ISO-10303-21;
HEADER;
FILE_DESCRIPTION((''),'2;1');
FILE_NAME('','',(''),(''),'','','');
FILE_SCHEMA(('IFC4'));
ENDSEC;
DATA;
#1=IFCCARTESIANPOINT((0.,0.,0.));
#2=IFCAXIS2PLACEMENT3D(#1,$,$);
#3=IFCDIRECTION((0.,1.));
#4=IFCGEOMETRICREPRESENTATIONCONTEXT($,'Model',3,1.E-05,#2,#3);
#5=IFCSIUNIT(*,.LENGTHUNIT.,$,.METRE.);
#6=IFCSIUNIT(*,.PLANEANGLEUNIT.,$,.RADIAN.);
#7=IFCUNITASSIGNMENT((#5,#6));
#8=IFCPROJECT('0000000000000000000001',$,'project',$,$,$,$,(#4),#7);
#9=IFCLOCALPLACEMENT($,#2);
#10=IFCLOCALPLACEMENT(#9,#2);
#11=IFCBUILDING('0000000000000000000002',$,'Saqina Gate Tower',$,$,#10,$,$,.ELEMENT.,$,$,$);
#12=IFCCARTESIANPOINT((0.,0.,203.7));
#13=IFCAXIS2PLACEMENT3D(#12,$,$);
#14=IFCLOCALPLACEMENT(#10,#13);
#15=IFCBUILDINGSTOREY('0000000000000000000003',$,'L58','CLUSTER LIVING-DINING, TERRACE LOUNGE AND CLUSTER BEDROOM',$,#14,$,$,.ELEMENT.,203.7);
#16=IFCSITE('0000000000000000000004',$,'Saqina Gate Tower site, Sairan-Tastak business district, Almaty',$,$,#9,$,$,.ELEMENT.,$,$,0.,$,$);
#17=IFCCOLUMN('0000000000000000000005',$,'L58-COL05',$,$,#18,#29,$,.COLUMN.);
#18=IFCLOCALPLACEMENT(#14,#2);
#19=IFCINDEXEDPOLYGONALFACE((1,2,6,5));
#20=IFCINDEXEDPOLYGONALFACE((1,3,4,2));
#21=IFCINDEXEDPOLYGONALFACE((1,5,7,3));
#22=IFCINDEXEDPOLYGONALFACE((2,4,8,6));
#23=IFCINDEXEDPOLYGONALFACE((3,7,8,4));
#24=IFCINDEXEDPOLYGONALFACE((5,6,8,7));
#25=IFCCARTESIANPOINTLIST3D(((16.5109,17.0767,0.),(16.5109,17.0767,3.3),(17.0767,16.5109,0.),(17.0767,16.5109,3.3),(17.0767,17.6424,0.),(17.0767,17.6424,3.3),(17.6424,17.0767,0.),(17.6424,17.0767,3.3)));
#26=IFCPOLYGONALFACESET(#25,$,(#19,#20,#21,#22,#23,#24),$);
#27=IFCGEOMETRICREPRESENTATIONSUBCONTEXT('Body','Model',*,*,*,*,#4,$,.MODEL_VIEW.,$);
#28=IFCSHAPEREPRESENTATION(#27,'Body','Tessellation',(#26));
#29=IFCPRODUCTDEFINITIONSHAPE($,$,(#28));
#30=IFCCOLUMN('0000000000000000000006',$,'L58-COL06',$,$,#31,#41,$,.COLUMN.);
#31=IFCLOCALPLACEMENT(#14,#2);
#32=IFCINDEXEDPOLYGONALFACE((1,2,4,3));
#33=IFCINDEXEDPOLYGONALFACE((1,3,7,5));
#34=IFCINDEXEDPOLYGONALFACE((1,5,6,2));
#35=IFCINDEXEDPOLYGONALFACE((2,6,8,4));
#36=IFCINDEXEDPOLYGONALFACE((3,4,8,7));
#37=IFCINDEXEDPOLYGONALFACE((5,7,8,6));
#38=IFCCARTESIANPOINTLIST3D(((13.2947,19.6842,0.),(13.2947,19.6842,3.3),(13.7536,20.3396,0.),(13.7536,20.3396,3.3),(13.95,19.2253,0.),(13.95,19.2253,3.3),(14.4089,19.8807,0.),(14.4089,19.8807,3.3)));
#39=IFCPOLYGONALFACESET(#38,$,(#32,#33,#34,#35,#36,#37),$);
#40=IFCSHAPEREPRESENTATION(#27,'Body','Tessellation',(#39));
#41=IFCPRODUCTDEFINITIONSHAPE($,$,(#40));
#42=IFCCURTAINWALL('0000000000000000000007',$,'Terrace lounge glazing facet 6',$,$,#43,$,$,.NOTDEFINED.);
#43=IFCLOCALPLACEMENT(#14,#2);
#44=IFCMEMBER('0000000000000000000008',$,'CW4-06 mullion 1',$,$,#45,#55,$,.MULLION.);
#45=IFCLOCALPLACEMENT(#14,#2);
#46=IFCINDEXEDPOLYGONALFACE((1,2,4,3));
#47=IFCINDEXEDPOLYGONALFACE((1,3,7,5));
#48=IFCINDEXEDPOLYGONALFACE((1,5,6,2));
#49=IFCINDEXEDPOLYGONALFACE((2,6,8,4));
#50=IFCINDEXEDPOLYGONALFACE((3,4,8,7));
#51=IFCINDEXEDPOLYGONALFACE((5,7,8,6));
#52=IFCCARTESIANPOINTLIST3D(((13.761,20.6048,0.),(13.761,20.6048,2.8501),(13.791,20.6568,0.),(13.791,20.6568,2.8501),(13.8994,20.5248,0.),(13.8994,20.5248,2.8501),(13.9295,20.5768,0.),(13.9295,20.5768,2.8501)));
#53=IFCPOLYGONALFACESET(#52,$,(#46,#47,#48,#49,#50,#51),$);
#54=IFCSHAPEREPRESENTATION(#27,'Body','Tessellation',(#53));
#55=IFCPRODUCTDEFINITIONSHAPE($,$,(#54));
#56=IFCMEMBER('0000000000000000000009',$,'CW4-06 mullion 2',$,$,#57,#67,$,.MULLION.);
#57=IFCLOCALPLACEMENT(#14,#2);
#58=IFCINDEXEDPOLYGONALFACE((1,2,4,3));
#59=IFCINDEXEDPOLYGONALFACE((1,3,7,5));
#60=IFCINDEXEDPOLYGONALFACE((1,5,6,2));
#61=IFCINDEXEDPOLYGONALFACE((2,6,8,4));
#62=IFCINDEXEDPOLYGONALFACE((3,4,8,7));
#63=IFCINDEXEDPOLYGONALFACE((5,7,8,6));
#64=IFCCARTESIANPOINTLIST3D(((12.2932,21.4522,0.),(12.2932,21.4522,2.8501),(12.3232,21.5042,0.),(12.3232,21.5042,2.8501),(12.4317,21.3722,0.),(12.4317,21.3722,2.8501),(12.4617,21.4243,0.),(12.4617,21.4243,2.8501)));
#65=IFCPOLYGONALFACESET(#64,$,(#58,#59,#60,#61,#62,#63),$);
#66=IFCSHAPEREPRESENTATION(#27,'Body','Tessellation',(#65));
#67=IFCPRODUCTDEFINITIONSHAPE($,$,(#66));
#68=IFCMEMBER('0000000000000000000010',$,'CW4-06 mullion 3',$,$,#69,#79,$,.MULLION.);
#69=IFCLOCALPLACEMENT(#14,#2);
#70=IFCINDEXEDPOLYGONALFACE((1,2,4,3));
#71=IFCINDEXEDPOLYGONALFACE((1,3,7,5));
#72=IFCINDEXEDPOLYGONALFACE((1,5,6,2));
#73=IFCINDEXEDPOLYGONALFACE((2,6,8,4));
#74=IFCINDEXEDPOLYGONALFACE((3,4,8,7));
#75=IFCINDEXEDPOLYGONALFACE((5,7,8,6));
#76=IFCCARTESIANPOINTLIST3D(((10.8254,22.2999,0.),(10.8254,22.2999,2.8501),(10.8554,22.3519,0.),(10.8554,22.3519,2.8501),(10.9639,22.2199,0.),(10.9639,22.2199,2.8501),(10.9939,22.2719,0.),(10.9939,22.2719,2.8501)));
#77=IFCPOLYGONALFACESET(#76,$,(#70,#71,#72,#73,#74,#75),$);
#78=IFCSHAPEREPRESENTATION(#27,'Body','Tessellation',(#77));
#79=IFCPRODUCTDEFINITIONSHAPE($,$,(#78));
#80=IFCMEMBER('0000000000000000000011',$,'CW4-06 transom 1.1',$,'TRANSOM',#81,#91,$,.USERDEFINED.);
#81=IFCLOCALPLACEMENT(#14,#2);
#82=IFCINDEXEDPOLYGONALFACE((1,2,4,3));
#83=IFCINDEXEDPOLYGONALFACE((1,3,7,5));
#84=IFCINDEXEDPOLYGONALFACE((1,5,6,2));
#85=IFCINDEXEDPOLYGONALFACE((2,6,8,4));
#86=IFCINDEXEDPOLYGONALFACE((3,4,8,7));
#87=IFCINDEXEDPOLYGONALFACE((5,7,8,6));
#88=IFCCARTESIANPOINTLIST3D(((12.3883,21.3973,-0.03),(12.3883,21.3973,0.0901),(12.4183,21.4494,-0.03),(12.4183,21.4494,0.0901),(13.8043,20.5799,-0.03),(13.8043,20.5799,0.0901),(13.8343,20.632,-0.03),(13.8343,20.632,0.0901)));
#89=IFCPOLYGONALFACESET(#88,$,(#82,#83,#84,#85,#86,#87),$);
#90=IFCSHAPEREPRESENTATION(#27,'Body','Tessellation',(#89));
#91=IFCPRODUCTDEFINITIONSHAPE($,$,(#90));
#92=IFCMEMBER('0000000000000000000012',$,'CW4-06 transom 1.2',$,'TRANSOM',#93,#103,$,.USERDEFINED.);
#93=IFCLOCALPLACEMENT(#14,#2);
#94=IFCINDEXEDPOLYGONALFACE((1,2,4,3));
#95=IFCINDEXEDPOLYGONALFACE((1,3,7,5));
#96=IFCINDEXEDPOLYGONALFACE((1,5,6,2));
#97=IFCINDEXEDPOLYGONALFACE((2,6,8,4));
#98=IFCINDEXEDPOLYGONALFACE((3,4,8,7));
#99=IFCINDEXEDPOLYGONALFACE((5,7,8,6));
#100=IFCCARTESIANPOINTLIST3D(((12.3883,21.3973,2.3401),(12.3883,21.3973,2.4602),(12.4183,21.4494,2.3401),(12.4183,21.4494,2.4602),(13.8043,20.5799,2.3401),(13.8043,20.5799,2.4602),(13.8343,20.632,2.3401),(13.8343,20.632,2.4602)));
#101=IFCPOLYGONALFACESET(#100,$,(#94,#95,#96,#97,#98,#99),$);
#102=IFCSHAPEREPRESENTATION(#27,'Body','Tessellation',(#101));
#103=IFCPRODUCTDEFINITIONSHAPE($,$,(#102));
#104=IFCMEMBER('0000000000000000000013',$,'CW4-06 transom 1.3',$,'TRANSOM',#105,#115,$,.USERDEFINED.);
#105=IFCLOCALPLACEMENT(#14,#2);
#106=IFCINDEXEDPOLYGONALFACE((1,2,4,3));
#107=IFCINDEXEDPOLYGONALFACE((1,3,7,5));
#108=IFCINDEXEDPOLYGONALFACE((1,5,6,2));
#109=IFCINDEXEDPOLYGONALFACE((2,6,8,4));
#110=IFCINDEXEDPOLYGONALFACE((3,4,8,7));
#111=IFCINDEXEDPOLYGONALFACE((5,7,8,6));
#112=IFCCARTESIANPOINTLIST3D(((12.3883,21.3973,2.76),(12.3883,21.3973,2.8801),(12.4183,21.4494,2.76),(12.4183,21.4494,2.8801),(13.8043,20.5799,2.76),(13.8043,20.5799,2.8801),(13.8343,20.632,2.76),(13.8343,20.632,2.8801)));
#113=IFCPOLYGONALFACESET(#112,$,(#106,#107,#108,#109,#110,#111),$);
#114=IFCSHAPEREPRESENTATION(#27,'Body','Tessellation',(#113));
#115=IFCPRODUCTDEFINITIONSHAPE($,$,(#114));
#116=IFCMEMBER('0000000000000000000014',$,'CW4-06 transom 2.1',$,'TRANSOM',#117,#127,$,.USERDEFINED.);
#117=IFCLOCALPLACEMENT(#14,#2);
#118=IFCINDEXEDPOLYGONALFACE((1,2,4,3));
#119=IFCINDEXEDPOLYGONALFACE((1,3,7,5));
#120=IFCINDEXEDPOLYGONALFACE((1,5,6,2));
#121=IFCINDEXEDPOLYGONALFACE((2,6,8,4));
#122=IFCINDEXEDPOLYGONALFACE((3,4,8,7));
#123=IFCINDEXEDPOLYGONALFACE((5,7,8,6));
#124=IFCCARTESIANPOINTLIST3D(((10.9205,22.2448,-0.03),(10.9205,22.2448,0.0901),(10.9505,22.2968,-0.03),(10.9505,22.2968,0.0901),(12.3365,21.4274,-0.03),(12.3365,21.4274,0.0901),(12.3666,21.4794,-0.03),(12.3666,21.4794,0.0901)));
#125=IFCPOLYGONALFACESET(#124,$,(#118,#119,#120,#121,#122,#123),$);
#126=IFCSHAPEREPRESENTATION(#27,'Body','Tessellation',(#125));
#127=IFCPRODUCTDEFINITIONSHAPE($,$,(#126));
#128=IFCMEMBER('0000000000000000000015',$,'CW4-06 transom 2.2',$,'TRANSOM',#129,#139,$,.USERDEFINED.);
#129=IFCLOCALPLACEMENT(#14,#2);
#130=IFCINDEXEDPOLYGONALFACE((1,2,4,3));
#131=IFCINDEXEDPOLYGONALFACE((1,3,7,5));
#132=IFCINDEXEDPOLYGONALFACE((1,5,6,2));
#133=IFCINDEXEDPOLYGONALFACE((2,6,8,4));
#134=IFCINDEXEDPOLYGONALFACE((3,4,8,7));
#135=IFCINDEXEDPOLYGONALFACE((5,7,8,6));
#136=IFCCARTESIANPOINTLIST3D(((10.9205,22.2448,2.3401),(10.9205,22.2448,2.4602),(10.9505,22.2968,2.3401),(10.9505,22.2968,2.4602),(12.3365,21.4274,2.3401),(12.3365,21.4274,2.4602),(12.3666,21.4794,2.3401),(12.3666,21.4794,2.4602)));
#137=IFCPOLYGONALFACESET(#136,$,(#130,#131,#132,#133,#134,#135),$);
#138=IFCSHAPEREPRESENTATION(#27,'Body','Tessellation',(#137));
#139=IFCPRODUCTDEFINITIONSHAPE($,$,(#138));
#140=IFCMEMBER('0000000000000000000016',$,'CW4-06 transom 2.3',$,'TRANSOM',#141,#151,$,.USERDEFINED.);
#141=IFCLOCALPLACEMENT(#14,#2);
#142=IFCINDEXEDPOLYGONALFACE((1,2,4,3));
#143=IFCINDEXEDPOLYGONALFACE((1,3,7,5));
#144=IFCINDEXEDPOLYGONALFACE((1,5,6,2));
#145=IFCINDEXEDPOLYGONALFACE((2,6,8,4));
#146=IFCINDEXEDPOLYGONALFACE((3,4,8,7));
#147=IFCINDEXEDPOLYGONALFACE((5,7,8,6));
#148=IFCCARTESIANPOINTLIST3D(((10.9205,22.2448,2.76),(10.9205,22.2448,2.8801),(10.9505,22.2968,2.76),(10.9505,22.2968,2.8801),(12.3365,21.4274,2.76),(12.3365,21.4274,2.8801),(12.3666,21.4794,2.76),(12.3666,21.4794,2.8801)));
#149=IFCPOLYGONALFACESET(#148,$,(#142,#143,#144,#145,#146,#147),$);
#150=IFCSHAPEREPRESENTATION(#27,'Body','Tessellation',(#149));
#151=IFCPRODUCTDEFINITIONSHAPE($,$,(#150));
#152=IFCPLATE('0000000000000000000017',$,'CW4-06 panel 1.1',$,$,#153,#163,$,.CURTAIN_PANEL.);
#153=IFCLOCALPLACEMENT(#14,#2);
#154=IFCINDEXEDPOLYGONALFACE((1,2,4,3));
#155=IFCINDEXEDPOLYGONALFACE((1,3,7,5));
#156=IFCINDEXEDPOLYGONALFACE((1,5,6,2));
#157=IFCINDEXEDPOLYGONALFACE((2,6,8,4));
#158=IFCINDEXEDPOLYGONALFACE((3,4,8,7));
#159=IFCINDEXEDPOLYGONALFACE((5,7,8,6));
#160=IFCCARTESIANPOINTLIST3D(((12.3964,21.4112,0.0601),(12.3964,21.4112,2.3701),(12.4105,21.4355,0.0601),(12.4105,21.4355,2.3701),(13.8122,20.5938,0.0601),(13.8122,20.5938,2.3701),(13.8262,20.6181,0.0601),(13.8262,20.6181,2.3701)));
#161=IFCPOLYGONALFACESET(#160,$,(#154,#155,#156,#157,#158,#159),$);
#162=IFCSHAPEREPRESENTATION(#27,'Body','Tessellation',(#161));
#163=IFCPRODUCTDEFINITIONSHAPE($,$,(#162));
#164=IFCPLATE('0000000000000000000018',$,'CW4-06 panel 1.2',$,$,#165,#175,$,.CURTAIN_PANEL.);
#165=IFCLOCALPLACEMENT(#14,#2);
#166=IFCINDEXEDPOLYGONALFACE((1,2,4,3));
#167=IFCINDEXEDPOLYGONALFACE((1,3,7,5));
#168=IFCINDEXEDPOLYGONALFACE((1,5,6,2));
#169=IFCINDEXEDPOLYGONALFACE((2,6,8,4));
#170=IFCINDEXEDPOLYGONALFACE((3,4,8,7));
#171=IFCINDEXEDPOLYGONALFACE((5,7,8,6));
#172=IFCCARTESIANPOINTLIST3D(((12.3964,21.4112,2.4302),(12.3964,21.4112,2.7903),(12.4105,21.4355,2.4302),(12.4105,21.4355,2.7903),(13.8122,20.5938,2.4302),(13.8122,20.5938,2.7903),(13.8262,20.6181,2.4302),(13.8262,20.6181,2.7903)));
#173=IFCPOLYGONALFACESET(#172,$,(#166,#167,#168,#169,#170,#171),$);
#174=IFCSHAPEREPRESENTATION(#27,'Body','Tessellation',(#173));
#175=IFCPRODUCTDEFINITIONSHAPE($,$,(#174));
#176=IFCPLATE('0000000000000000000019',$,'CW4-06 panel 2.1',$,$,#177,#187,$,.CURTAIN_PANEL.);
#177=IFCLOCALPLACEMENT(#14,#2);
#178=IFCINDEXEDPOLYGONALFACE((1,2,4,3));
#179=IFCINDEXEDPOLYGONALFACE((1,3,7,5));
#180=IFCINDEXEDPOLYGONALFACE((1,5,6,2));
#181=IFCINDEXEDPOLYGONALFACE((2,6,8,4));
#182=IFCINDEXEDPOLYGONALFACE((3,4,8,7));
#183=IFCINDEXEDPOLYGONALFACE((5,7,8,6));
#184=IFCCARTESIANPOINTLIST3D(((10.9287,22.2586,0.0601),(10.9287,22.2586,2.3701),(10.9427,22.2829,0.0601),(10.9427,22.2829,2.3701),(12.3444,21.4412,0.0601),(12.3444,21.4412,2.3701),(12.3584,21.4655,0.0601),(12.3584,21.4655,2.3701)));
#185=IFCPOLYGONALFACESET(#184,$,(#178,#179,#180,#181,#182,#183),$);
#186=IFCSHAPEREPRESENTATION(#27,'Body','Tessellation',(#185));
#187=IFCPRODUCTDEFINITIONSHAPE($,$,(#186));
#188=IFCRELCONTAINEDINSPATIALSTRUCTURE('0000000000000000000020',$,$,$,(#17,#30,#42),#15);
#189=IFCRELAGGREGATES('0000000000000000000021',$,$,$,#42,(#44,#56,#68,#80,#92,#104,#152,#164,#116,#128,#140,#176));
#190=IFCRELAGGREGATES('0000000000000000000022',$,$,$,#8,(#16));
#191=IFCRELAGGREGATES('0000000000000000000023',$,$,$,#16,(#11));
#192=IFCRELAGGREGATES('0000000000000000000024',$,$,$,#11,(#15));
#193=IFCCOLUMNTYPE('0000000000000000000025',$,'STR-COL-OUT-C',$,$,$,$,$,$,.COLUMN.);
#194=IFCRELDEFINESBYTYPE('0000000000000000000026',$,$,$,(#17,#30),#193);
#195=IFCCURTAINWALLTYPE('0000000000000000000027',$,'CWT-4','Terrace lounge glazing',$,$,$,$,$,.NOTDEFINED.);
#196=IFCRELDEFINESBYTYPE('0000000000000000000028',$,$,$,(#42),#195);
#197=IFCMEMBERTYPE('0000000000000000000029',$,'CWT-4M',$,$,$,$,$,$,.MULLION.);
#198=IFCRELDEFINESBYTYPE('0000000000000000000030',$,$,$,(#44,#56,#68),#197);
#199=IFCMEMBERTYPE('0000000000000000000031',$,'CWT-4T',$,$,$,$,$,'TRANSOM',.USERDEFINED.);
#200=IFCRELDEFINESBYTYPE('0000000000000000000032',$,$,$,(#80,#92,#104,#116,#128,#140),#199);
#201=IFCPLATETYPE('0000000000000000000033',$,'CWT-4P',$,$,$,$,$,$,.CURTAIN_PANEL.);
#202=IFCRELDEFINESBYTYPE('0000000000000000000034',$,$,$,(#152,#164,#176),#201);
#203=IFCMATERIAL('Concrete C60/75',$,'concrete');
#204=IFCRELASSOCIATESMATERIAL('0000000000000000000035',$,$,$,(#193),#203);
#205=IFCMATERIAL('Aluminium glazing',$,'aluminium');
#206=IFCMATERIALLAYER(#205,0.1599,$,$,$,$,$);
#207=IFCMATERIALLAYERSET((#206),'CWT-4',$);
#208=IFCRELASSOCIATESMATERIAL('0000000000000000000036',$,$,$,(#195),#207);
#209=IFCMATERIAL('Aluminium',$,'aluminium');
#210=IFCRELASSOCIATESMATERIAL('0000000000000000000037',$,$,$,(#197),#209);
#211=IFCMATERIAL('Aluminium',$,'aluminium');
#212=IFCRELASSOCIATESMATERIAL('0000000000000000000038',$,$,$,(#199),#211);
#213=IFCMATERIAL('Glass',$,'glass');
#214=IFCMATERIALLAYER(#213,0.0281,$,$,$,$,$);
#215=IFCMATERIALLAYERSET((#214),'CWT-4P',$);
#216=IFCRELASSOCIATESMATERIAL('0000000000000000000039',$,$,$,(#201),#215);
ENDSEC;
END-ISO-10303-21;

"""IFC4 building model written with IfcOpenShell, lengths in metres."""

from ifc_helpers import new_model, si_unit, direction, frame, origin, origin_2d, place, context, subcontext, project, spatial, rectangle, extrude, material, layer, layer_set, material_profile, profile_set, type_object, element, aggregate, save


model = new_model("IFC4")

# Units and contexts
model_context = context("Model", 3, precision=1e-05, world=origin(), true_north=direction((0.0, 1.0)))
body_context = subcontext(model_context, "Body", "Model", "MODEL_VIEW")
ifc_project = project(units=[si_unit("LENGTHUNIT", "METRE"), si_unit("PLANEANGLEUNIT", "RADIAN")], contexts=[model_context])

# Site, building, storey
site_placement = place(None, origin())
site = spatial("IfcSite", under=ifc_project, at=site_placement, Name="Saqina Gate Tower site, Sairan-Tastak business district, Almaty", CompositionType="ELEMENT", RefElevation=0.0)
building_placement = place(site_placement, origin())
building = spatial("IfcBuilding", under=site, at=building_placement, Name="Saqina Gate Tower", CompositionType="ELEMENT")
storey_placement = place(building_placement, frame((0.0, 0.0, 203.7)))
storey = spatial("IfcBuildingStorey", under=building, at=storey_placement, Name="L58", Description="CLUSTER LIVING-DINING, TERRACE LOUNGE AND CLUSTER BEDROOM", CompositionType="ELEMENT", Elevation=203.7)

# Columns
ifc_material_1 = material(Name="Concrete C60/75", Category="concrete")
ifc_material_profile_1 = material_profile(ifc_material_1, rectangle(XDim=0.8, YDim=0.8, at=origin_2d()), Name="RC 800x800")
ifc_profile_set_1 = profile_set([ifc_material_profile_1], Name="Concrete C60/75")
column_type = type_object("IfcColumnType", Name="STR-COL-OUT-C", PredefinedType="COLUMN", material=ifc_profile_set_1)
for number, where, z_axis, x_axis, name in (
    (1, (17.0767, 17.0767, 0.0), (0.0, 0.0, 1.0), (0.707107, 0.707107, 0.0), "L58-COL05"),
    (2, (13.8518, 19.7825, 0.0), (0.0, 0.0, 1.0), (0.573576, 0.819152, 0.0), "L58-COL06"),
):
    element("IfcColumn", number, at=place(storey_placement, frame(where, z_axis=z_axis, x_axis=x_axis)), inside=storey, type_object=column_type, Name=name, PredefinedType="COLUMN", context=body_context, shape_type="SweptSolid", body=[
        extrude(rectangle(XDim=0.8, YDim=0.8, at=origin_2d()), origin(), (0.0, 0.0, 1.0), 3.3),
    ])

# Curtain wall, members, plates
ifc_material_2 = material(Name="Aluminium glazing", Category="aluminium")
ifc_layer_1 = layer(ifc_material_2, 0.1599)
ifc_layer_set_1 = layer_set([ifc_layer_1], Name="CWT-4")
curtain_wall_type = type_object("IfcCurtainWallType", Name="CWT-4", Description="Terrace lounge glazing", PredefinedType="NOTDEFINED", material=ifc_layer_set_1)
curtain_wall_placement = place(storey_placement, origin())
curtain_wall = element("IfcCurtainWall", 3, at=curtain_wall_placement, inside=storey, type_object=curtain_wall_type, Name="Terrace lounge glazing facet 6", PredefinedType="NOTDEFINED")
ifc_material_3 = material(Name="Aluminium", Category="aluminium")
ifc_material_profile_2 = material_profile(ifc_material_3, rectangle(XDim=0.0601, YDim=0.1599, at=origin_2d()), Name="Aluminium 60x160")
ifc_profile_set_2 = profile_set([ifc_material_profile_2], Name="Aluminium")
member_type_1 = type_object("IfcMemberType", Name="CWT-4M", PredefinedType="MULLION", material=ifc_profile_set_2)
member_1_placement = place(storey_placement, frame((13.8452, 20.5908, 0.0), z_axis=(0.0, 0.0, 1.0), x_axis=(-0.500014, -0.866017, 0.0)))
member_1 = element("IfcMember", 4, at=member_1_placement, type_object=member_type_1, Name="CW4-06 mullion 1", PredefinedType="MULLION", context=body_context, shape_type="SweptSolid", body=[
    extrude(rectangle(XDim=0.0601, YDim=0.1599, at=origin_2d()), origin(), (0.0, 0.0, 1.0), 2.8501),
])
member_2_placement = place(storey_placement, frame((12.3774, 21.4382, 0.0), z_axis=(0.0, 0.0, 1.0), x_axis=(-0.500014, -0.866017, 0.0)))
member_2 = element("IfcMember", 5, at=member_2_placement, type_object=member_type_1, Name="CW4-06 mullion 2", PredefinedType="MULLION", context=body_context, shape_type="SweptSolid", body=[
    extrude(rectangle(XDim=0.0601, YDim=0.1599, at=origin_2d()), origin(), (0.0, 0.0, 1.0), 2.8501),
])
member_3_placement = place(storey_placement, frame((10.9097, 22.2859, 0.0), z_axis=(0.0, 0.0, 1.0), x_axis=(-0.500014, -0.866017, 0.0)))
member_3 = element("IfcMember", 6, at=member_3_placement, type_object=member_type_1, Name="CW4-06 mullion 3", PredefinedType="MULLION", context=body_context, shape_type="SweptSolid", body=[
    extrude(rectangle(XDim=0.0601, YDim=0.1599, at=origin_2d()), origin(), (0.0, 0.0, 1.0), 2.8501),
])
ifc_material_4 = material(Name="Aluminium", Category="aluminium")
ifc_material_profile_3 = material_profile(ifc_material_4, rectangle(XDim=0.0601, YDim=0.1201, at=origin_2d()), Name="Aluminium 60x120")
ifc_profile_set_3 = profile_set([ifc_material_profile_3], Name="Aluminium")
member_type_2 = type_object("IfcMemberType", Name="CWT-4T", ElementType="TRANSOM", PredefinedType="USERDEFINED", material=ifc_profile_set_3)
member_4_placement = place(storey_placement, frame((13.8193, 20.606, 0.03), z_axis=(-0.866066, 0.499929, 0.0), x_axis=(-0.499929, -0.866066, 0.0)))
member_4 = element("IfcMember", 7, at=member_4_placement, type_object=member_type_2, Name="CW4-06 transom 1.1", ObjectType="TRANSOM", PredefinedType="USERDEFINED", context=body_context, shape_type="SweptSolid", body=[
    extrude(rectangle(XDim=0.0601, YDim=0.1201, at=origin_2d()), origin(), (0.0, 0.0, 1.0), 1.635),
])
member_5_placement = place(storey_placement, frame((13.8193, 20.606, 2.4001), z_axis=(-0.866066, 0.499929, 0.0), x_axis=(-0.499929, -0.866066, 0.0)))
member_5 = element("IfcMember", 8, at=member_5_placement, type_object=member_type_2, Name="CW4-06 transom 1.2", ObjectType="TRANSOM", PredefinedType="USERDEFINED", context=body_context, shape_type="SweptSolid", body=[
    extrude(rectangle(XDim=0.0601, YDim=0.1201, at=origin_2d()), origin(), (0.0, 0.0, 1.0), 1.635),
])
member_6_placement = place(storey_placement, frame((13.8193, 20.606, 2.8201), z_axis=(-0.866066, 0.499929, 0.0), x_axis=(-0.499929, -0.866066, 0.0)))
member_6 = element("IfcMember", 9, at=member_6_placement, type_object=member_type_2, Name="CW4-06 transom 1.3", ObjectType="TRANSOM", PredefinedType="USERDEFINED", context=body_context, shape_type="SweptSolid", body=[
    extrude(rectangle(XDim=0.0601, YDim=0.1201, at=origin_2d()), origin(), (0.0, 0.0, 1.0), 1.635),
])
member_7_placement = place(storey_placement, frame((12.3516, 21.4534, 0.03), z_axis=(-0.866066, 0.499929, 0.0), x_axis=(-0.499929, -0.866066, 0.0)))
member_7 = element("IfcMember", 10, at=member_7_placement, type_object=member_type_2, Name="CW4-06 transom 2.1", ObjectType="TRANSOM", PredefinedType="USERDEFINED", context=body_context, shape_type="SweptSolid", body=[
    extrude(rectangle(XDim=0.0601, YDim=0.1201, at=origin_2d()), origin(), (0.0, 0.0, 1.0), 1.635),
])
member_8_placement = place(storey_placement, frame((12.3516, 21.4534, 2.4001), z_axis=(-0.866066, 0.499929, 0.0), x_axis=(-0.499929, -0.866066, 0.0)))
member_8 = element("IfcMember", 11, at=member_8_placement, type_object=member_type_2, Name="CW4-06 transom 2.2", ObjectType="TRANSOM", PredefinedType="USERDEFINED", context=body_context, shape_type="SweptSolid", body=[
    extrude(rectangle(XDim=0.0601, YDim=0.1201, at=origin_2d()), origin(), (0.0, 0.0, 1.0), 1.635),
])
member_9_placement = place(storey_placement, frame((12.3516, 21.4534, 2.8201), z_axis=(-0.866066, 0.499929, 0.0), x_axis=(-0.499929, -0.866066, 0.0)))
member_9 = element("IfcMember", 12, at=member_9_placement, type_object=member_type_2, Name="CW4-06 transom 2.3", ObjectType="TRANSOM", PredefinedType="USERDEFINED", context=body_context, shape_type="SweptSolid", body=[
    extrude(rectangle(XDim=0.0601, YDim=0.1201, at=origin_2d()), origin(), (0.0, 0.0, 1.0), 1.635),
])
ifc_material_5 = material(Name="Glass", Category="glass")
ifc_layer_2 = layer(ifc_material_5, 0.0281)
ifc_layer_set_2 = layer_set([ifc_layer_2], Name="CWT-4P")
plate_type = type_object("IfcPlateType", Name="CWT-4P", PredefinedType="CURTAIN_PANEL", material=ifc_layer_set_2)
plate_1_placement = place(storey_placement, frame((13.1113, 21.0146, 0.0601), z_axis=(0.0, 0.0, 1.0), x_axis=(-0.866017, 0.500014, 0.0)))
plate_1 = element("IfcPlate", 13, at=plate_1_placement, type_object=plate_type, Name="CW4-06 panel 1.1", PredefinedType="CURTAIN_PANEL", context=body_context, shape_type="SweptSolid", body=[
    extrude(rectangle(XDim=1.6348, YDim=0.0281, at=origin_2d()), origin(), (0.0, 0.0, 1.0), 2.3101),
])
plate_2_placement = place(storey_placement, frame((13.1113, 21.0146, 2.4302), z_axis=(0.0, 0.0, 1.0), x_axis=(-0.866017, 0.500014, 0.0)))
plate_2 = element("IfcPlate", 14, at=plate_2_placement, type_object=plate_type, Name="CW4-06 panel 1.2", PredefinedType="CURTAIN_PANEL", context=body_context, shape_type="SweptSolid", body=[
    extrude(rectangle(XDim=1.6348, YDim=0.0281, at=origin_2d()), origin(), (0.0, 0.0, 1.0), 0.3601),
])
plate_3_placement = place(storey_placement, frame((11.6436, 21.8621, 0.0601), z_axis=(0.0, 0.0, 1.0), x_axis=(-0.866017, 0.500014, 0.0)))
plate_3 = element("IfcPlate", 15, at=plate_3_placement, type_object=plate_type, Name="CW4-06 panel 2.1", PredefinedType="CURTAIN_PANEL", context=body_context, shape_type="SweptSolid", body=[
    extrude(rectangle(XDim=1.6348, YDim=0.0281, at=origin_2d()), origin(), (0.0, 0.0, 1.0), 2.3101),
])
aggregate(curtain_wall, [member_1, member_2, member_3, member_4, member_5, member_6, plate_1, plate_2, member_7, member_8, member_9, plate_3])

save(model, "model.ifc")
